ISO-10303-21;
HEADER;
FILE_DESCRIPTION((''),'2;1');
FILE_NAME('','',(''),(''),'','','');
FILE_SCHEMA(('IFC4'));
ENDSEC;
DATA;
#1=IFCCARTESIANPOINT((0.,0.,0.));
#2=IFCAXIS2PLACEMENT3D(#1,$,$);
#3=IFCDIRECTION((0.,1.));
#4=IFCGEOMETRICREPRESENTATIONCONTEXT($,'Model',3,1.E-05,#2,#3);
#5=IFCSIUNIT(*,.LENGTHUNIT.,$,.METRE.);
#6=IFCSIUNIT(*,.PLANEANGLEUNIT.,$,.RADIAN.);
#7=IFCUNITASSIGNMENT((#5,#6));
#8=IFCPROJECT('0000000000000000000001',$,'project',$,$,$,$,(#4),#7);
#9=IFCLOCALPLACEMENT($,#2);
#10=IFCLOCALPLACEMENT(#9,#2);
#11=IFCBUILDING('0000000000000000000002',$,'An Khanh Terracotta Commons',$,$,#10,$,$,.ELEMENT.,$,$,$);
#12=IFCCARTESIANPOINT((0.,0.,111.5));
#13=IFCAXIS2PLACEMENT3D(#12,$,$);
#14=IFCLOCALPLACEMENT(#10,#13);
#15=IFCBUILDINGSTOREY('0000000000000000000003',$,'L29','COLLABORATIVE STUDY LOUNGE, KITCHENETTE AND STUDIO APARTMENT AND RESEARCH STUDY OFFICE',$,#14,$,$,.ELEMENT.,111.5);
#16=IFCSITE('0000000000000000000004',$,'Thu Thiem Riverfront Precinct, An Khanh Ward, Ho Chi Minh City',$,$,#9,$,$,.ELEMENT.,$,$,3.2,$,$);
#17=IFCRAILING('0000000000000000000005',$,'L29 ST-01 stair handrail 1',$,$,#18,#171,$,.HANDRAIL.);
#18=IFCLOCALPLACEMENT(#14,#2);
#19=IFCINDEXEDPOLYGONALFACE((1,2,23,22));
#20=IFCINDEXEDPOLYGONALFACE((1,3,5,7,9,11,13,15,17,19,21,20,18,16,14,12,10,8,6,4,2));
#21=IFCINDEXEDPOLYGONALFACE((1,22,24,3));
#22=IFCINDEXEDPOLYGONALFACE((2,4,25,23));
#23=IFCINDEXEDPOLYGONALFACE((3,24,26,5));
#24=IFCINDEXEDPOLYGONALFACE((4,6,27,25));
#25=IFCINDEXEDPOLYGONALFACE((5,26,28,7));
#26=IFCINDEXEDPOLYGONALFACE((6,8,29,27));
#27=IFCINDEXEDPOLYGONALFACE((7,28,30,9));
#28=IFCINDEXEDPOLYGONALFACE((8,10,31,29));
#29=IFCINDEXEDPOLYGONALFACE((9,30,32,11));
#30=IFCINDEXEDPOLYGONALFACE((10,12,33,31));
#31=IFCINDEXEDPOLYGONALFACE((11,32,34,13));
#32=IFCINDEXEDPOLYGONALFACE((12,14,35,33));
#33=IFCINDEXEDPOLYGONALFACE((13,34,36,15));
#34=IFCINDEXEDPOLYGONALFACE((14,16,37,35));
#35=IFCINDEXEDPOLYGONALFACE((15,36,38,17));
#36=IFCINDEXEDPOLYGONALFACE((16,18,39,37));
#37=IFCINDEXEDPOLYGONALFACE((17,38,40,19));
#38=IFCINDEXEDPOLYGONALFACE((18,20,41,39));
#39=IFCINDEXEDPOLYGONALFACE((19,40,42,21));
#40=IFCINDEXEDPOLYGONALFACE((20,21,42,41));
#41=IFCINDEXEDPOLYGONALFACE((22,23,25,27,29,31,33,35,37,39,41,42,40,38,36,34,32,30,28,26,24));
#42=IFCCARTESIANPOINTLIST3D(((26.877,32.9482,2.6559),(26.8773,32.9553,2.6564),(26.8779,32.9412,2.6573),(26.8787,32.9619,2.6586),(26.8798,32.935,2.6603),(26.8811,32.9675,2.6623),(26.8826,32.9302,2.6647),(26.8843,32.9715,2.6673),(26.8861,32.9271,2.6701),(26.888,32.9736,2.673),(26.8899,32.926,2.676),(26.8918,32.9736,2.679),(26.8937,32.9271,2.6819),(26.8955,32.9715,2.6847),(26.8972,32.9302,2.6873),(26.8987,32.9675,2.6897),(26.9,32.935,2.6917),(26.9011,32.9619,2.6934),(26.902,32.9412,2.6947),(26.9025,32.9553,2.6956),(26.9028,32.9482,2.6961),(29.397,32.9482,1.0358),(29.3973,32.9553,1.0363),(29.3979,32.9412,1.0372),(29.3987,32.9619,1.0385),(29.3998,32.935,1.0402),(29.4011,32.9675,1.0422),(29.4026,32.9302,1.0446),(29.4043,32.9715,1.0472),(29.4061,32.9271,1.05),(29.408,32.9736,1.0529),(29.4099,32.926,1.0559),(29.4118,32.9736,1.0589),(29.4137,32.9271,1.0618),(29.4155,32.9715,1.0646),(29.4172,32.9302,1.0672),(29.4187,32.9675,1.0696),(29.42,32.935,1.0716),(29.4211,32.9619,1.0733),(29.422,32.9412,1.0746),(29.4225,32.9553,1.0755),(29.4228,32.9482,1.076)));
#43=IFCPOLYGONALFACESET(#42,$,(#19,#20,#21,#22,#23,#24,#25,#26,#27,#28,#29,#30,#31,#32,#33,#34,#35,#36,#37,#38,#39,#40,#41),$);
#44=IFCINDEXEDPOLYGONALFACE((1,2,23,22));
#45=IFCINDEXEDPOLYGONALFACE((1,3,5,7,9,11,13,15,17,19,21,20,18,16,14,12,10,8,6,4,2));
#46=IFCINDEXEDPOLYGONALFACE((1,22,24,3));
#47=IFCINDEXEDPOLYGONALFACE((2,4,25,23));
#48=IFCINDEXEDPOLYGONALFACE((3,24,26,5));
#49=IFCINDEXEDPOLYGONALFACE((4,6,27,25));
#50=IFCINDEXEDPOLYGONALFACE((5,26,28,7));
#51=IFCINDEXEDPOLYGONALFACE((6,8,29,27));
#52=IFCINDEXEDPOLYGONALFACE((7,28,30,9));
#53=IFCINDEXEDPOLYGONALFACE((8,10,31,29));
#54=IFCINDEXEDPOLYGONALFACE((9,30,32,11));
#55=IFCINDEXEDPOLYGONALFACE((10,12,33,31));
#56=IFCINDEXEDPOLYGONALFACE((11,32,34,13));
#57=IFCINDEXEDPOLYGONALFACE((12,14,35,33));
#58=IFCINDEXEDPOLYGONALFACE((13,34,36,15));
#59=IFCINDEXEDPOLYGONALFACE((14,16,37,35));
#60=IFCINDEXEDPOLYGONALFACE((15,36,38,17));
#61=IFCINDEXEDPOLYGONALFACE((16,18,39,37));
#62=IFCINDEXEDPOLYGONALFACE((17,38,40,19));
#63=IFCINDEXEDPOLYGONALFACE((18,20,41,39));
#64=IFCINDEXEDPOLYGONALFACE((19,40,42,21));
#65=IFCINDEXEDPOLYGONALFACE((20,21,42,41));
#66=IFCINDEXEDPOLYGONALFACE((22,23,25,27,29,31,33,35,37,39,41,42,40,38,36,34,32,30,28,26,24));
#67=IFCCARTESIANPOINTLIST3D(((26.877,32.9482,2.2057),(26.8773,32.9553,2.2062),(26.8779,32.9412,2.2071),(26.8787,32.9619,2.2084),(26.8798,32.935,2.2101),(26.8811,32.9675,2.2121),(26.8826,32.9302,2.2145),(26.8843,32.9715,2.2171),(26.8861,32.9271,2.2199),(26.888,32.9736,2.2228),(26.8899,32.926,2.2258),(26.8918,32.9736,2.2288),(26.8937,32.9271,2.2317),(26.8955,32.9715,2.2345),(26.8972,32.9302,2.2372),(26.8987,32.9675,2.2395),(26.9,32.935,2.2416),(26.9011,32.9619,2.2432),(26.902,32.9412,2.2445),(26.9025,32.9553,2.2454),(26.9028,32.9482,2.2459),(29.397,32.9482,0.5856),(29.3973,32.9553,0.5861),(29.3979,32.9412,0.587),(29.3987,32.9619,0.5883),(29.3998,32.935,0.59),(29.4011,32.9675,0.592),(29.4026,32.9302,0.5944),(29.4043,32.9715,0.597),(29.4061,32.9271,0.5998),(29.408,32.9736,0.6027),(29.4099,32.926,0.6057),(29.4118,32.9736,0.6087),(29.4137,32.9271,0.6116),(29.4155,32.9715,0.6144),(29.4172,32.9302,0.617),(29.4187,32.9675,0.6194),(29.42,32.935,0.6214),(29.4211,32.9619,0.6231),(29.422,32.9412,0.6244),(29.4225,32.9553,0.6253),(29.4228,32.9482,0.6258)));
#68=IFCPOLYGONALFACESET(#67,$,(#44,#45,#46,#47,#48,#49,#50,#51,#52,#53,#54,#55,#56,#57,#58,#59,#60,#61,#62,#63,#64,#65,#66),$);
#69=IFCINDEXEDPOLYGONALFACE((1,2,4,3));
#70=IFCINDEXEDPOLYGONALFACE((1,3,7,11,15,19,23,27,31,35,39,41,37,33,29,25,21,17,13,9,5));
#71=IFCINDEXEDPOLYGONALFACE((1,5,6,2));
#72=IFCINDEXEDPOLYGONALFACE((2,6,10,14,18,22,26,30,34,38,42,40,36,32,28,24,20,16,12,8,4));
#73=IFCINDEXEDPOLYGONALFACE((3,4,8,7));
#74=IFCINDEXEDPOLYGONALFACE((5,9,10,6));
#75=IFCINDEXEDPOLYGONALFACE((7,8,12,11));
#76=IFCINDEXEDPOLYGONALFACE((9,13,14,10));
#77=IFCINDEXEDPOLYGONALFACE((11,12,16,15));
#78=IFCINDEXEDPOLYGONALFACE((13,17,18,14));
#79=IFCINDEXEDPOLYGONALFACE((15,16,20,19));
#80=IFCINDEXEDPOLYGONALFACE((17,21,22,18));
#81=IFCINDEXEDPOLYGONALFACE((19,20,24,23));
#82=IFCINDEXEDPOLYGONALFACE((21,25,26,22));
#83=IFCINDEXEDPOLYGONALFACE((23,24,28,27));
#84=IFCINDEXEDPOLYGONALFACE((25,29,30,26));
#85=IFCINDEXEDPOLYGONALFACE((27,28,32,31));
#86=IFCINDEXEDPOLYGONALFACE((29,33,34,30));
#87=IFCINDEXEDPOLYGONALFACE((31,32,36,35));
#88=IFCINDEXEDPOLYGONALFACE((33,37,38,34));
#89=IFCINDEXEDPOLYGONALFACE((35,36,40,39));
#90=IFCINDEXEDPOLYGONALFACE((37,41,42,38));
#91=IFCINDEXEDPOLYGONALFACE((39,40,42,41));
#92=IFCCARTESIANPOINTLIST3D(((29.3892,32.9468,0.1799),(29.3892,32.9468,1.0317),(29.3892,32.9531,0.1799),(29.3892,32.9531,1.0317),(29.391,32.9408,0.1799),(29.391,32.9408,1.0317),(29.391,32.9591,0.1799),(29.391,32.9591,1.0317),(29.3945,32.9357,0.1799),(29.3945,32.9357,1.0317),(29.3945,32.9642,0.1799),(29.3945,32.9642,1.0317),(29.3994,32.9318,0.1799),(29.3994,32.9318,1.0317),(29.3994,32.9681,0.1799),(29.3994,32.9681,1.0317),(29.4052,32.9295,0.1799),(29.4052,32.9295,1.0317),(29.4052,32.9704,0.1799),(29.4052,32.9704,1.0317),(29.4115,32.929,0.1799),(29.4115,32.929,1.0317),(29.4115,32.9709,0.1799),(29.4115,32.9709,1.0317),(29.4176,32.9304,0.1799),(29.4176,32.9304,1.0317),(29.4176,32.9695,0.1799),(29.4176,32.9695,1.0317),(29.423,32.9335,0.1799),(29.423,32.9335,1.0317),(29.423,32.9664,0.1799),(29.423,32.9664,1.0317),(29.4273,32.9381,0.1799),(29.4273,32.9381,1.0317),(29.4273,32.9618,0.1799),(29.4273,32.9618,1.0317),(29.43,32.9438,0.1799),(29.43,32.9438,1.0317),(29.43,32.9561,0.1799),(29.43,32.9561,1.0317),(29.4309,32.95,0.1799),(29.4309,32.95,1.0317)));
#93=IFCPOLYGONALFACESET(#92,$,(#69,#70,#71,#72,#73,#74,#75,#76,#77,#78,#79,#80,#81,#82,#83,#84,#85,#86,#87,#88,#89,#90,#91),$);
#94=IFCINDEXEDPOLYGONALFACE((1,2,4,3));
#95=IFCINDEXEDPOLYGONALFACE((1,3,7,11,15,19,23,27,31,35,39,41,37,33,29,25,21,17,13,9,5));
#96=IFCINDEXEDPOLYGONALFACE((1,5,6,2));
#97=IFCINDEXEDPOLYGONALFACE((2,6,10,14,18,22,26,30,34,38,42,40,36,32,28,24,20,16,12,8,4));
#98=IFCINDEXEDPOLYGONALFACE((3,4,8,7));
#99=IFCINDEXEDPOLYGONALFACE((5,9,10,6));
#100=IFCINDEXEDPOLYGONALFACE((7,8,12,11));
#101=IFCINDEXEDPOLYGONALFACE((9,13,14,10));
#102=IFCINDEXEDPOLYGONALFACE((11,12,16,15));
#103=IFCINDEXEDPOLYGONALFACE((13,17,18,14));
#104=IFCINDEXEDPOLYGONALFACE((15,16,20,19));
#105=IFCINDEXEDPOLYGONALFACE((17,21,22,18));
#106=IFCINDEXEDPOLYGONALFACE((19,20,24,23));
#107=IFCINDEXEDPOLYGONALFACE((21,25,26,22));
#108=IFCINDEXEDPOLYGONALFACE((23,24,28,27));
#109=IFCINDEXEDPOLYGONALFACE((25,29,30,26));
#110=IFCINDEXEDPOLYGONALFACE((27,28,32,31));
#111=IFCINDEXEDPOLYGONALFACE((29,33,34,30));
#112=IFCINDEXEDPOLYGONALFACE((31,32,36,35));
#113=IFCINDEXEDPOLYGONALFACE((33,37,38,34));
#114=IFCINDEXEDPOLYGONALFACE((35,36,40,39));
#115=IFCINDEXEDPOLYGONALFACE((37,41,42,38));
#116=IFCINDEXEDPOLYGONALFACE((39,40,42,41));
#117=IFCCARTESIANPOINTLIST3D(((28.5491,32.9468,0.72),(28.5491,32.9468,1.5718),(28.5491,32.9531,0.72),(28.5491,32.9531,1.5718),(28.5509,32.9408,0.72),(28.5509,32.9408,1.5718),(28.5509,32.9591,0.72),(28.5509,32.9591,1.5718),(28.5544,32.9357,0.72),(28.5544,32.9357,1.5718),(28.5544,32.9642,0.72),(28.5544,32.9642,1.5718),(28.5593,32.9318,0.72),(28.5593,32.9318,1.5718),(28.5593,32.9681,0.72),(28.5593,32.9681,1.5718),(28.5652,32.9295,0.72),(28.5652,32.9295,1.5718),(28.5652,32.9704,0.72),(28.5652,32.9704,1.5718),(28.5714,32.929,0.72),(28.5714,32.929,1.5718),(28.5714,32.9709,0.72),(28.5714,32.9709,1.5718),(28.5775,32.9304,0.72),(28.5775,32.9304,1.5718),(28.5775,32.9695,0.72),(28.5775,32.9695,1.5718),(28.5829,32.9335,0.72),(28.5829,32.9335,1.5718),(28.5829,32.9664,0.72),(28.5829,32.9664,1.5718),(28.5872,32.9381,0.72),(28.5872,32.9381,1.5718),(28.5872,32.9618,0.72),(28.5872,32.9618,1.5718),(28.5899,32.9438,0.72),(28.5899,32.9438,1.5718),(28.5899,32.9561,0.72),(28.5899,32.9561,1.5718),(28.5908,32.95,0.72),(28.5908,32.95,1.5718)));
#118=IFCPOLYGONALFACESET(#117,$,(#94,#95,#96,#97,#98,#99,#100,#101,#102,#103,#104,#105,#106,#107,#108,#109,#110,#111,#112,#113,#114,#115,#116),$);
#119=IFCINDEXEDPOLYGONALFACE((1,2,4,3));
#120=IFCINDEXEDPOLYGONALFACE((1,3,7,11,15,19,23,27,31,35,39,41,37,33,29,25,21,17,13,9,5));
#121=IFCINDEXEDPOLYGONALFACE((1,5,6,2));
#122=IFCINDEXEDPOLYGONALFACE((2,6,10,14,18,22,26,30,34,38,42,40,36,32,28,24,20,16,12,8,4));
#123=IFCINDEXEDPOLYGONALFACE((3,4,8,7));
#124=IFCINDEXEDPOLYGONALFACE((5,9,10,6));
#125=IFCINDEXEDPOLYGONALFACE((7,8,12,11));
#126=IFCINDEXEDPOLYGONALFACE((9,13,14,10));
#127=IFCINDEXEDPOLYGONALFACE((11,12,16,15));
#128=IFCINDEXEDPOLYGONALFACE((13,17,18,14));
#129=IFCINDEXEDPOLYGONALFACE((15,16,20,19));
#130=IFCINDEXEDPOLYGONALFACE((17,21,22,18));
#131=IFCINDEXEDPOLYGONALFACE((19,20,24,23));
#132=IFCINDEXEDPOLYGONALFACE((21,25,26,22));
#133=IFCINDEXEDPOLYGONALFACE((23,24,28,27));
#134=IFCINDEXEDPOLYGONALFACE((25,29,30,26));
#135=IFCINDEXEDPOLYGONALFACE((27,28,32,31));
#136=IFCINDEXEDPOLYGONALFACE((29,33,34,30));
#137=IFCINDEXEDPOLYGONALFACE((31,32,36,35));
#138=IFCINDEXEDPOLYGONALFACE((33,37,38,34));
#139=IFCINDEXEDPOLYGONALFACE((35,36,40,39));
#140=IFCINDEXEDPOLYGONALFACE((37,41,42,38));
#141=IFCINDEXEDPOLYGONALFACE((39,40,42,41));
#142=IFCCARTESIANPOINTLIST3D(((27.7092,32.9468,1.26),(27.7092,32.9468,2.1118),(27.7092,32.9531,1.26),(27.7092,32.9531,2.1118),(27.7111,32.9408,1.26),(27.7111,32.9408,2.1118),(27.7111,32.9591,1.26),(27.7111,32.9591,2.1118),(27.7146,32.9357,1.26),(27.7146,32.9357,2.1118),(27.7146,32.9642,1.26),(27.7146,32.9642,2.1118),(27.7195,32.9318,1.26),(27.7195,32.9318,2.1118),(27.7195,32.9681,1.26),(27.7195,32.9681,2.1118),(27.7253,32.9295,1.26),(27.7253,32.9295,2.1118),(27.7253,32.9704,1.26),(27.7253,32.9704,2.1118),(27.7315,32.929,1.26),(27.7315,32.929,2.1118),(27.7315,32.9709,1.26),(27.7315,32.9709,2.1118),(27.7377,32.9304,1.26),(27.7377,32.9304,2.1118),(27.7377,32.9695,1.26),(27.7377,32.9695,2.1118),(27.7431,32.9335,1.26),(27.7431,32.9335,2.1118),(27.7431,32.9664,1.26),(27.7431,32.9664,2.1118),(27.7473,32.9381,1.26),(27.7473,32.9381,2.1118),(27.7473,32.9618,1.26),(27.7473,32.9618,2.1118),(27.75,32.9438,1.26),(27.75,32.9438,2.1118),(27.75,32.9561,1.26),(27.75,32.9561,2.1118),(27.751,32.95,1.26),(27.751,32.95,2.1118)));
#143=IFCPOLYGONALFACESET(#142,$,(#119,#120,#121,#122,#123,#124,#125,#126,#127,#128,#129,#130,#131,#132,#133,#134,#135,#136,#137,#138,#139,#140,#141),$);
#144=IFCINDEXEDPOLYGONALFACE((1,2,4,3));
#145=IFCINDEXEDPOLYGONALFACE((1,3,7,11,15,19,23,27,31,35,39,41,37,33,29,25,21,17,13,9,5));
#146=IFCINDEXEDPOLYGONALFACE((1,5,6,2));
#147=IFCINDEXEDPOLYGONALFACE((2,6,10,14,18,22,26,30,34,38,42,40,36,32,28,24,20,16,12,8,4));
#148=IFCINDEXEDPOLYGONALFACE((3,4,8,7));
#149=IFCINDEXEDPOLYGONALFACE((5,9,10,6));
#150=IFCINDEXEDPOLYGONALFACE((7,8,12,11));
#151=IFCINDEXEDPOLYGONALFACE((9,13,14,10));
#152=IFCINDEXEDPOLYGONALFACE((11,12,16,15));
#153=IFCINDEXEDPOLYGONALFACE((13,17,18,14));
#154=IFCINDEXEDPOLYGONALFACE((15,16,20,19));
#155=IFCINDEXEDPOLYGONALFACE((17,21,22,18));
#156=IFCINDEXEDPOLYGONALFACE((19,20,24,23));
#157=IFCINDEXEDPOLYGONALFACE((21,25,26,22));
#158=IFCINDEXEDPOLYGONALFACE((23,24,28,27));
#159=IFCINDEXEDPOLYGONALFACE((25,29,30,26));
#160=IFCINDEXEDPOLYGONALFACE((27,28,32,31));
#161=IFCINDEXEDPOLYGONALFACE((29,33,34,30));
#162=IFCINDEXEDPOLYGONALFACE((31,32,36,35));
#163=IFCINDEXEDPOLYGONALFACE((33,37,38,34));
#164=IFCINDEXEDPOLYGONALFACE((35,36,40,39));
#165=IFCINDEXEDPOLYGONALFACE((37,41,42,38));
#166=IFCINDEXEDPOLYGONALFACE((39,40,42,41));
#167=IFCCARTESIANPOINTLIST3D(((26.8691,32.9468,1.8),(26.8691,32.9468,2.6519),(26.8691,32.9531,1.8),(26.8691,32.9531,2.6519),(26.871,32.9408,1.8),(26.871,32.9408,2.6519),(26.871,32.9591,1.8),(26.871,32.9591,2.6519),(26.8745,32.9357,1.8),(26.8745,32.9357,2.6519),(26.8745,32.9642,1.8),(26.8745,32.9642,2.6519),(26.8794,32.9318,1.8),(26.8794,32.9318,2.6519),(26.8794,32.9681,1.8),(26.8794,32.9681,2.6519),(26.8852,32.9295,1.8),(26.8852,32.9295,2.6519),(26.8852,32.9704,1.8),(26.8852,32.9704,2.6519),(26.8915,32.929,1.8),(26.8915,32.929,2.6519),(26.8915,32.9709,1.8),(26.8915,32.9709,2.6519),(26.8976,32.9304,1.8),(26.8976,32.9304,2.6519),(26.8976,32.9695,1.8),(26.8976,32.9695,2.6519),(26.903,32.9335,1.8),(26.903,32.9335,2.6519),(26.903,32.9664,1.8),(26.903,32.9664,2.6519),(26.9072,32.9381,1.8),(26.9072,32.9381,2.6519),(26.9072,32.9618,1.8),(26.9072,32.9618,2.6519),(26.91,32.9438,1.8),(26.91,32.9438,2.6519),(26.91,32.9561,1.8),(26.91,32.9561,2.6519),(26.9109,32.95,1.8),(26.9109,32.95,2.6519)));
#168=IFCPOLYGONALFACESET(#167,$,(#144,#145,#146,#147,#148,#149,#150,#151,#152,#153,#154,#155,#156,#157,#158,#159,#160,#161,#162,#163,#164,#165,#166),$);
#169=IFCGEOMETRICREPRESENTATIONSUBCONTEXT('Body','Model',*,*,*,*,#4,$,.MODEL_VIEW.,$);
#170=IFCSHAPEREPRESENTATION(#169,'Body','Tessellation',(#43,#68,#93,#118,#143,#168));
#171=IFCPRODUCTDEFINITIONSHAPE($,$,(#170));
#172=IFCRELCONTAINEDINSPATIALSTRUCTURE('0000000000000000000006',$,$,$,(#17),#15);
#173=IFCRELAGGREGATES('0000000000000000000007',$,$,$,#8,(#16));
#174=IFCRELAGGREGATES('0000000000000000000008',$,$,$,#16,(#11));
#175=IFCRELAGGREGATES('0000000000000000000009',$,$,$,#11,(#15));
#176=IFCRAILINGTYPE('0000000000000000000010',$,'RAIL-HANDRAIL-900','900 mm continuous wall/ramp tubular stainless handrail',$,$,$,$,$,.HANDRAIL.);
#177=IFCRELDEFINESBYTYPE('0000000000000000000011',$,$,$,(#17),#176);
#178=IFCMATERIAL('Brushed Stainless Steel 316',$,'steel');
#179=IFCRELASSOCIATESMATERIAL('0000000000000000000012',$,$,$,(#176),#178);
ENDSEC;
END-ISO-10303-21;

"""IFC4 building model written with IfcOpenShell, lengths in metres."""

from ifc_helpers import new_model, si_unit, direction, frame, origin, origin_2d, place, context, subcontext, project, spatial, circle, extrude, material, type_object, element, save


model = new_model("IFC4")

# Units and contexts
model_context = context("Model", 3, precision=1e-05, world=origin(), true_north=direction((0.0, 1.0)))
body_context = subcontext(model_context, "Body", "Model", "MODEL_VIEW")
ifc_project = project(units=[si_unit("LENGTHUNIT", "METRE"), si_unit("PLANEANGLEUNIT", "RADIAN")], contexts=[model_context])

# Site, building, storey
site_placement = place(None, origin())
site = spatial("IfcSite", under=ifc_project, at=site_placement, Name="Thu Thiem Riverfront Precinct, An Khanh Ward, Ho Chi Minh City", CompositionType="ELEMENT", RefElevation=3.2)
building_placement = place(site_placement, origin())
building = spatial("IfcBuilding", under=site, at=building_placement, Name="An Khanh Terracotta Commons", CompositionType="ELEMENT")
storey_placement = place(building_placement, frame((0.0, 0.0, 111.5)))
storey = spatial("IfcBuildingStorey", under=building, at=storey_placement, Name="L29", Description="COLLABORATIVE STUDY LOUNGE, KITCHENETTE AND STUDIO APARTMENT AND RESEARCH STUDY OFFICE", CompositionType="ELEMENT", Elevation=111.5)

# Railing
ifc_material_1 = material(Name="Brushed Stainless Steel 316", Category="steel")
railing_type_1 = type_object("IfcRailingType", Name="RAIL-HANDRAIL-900", Description="900 mm continuous wall/ramp tubular stainless handrail", PredefinedType="HANDRAIL", material=ifc_material_1)
railing_1_placement = place(storey_placement, frame((29.4099, 32.95, 0.1799)))
element("IfcRailing", 1, at=railing_1_placement, inside=storey, type_object=railing_type_1, Name="L29 ST-01 stair handrail 1", PredefinedType="HANDRAIL", context=body_context, shape_type="SweptSolid", body=[
    extrude(circle(Radius=0.0239, at=origin_2d()), frame((0.0, 0.0, 0.876), z_axis=(-0.841163, 0.0, 0.540782), x_axis=(0.0, -1.0, 0.0)), (0.0, 0.0, 1.0), 2.9958),
    extrude(circle(Radius=0.0239, at=origin_2d()), frame((0.0, 0.0, 0.4258), z_axis=(-0.841163, 0.0, 0.540782), x_axis=(0.0, -1.0, 0.0)), (0.0, 0.0, 1.0), 2.9958),
    extrude(circle(Radius=0.021, at=origin_2d()), origin(), (0.0, 0.0, 1.0), 0.8518),
    extrude(circle(Radius=0.021, at=origin_2d()), frame((-0.8401, 0.0, 0.54)), (0.0, 0.0, 1.0), 0.8518),
    extrude(circle(Radius=0.021, at=origin_2d()), frame((-1.6799, 0.0, 1.0801)), (0.0, 0.0, 1.0), 0.8518),
    extrude(circle(Radius=0.021, at=origin_2d()), frame((-2.52, 0.0, 1.6201)), (0.0, 0.0, 1.0), 0.8518),
])

save(model, "model.ifc")
